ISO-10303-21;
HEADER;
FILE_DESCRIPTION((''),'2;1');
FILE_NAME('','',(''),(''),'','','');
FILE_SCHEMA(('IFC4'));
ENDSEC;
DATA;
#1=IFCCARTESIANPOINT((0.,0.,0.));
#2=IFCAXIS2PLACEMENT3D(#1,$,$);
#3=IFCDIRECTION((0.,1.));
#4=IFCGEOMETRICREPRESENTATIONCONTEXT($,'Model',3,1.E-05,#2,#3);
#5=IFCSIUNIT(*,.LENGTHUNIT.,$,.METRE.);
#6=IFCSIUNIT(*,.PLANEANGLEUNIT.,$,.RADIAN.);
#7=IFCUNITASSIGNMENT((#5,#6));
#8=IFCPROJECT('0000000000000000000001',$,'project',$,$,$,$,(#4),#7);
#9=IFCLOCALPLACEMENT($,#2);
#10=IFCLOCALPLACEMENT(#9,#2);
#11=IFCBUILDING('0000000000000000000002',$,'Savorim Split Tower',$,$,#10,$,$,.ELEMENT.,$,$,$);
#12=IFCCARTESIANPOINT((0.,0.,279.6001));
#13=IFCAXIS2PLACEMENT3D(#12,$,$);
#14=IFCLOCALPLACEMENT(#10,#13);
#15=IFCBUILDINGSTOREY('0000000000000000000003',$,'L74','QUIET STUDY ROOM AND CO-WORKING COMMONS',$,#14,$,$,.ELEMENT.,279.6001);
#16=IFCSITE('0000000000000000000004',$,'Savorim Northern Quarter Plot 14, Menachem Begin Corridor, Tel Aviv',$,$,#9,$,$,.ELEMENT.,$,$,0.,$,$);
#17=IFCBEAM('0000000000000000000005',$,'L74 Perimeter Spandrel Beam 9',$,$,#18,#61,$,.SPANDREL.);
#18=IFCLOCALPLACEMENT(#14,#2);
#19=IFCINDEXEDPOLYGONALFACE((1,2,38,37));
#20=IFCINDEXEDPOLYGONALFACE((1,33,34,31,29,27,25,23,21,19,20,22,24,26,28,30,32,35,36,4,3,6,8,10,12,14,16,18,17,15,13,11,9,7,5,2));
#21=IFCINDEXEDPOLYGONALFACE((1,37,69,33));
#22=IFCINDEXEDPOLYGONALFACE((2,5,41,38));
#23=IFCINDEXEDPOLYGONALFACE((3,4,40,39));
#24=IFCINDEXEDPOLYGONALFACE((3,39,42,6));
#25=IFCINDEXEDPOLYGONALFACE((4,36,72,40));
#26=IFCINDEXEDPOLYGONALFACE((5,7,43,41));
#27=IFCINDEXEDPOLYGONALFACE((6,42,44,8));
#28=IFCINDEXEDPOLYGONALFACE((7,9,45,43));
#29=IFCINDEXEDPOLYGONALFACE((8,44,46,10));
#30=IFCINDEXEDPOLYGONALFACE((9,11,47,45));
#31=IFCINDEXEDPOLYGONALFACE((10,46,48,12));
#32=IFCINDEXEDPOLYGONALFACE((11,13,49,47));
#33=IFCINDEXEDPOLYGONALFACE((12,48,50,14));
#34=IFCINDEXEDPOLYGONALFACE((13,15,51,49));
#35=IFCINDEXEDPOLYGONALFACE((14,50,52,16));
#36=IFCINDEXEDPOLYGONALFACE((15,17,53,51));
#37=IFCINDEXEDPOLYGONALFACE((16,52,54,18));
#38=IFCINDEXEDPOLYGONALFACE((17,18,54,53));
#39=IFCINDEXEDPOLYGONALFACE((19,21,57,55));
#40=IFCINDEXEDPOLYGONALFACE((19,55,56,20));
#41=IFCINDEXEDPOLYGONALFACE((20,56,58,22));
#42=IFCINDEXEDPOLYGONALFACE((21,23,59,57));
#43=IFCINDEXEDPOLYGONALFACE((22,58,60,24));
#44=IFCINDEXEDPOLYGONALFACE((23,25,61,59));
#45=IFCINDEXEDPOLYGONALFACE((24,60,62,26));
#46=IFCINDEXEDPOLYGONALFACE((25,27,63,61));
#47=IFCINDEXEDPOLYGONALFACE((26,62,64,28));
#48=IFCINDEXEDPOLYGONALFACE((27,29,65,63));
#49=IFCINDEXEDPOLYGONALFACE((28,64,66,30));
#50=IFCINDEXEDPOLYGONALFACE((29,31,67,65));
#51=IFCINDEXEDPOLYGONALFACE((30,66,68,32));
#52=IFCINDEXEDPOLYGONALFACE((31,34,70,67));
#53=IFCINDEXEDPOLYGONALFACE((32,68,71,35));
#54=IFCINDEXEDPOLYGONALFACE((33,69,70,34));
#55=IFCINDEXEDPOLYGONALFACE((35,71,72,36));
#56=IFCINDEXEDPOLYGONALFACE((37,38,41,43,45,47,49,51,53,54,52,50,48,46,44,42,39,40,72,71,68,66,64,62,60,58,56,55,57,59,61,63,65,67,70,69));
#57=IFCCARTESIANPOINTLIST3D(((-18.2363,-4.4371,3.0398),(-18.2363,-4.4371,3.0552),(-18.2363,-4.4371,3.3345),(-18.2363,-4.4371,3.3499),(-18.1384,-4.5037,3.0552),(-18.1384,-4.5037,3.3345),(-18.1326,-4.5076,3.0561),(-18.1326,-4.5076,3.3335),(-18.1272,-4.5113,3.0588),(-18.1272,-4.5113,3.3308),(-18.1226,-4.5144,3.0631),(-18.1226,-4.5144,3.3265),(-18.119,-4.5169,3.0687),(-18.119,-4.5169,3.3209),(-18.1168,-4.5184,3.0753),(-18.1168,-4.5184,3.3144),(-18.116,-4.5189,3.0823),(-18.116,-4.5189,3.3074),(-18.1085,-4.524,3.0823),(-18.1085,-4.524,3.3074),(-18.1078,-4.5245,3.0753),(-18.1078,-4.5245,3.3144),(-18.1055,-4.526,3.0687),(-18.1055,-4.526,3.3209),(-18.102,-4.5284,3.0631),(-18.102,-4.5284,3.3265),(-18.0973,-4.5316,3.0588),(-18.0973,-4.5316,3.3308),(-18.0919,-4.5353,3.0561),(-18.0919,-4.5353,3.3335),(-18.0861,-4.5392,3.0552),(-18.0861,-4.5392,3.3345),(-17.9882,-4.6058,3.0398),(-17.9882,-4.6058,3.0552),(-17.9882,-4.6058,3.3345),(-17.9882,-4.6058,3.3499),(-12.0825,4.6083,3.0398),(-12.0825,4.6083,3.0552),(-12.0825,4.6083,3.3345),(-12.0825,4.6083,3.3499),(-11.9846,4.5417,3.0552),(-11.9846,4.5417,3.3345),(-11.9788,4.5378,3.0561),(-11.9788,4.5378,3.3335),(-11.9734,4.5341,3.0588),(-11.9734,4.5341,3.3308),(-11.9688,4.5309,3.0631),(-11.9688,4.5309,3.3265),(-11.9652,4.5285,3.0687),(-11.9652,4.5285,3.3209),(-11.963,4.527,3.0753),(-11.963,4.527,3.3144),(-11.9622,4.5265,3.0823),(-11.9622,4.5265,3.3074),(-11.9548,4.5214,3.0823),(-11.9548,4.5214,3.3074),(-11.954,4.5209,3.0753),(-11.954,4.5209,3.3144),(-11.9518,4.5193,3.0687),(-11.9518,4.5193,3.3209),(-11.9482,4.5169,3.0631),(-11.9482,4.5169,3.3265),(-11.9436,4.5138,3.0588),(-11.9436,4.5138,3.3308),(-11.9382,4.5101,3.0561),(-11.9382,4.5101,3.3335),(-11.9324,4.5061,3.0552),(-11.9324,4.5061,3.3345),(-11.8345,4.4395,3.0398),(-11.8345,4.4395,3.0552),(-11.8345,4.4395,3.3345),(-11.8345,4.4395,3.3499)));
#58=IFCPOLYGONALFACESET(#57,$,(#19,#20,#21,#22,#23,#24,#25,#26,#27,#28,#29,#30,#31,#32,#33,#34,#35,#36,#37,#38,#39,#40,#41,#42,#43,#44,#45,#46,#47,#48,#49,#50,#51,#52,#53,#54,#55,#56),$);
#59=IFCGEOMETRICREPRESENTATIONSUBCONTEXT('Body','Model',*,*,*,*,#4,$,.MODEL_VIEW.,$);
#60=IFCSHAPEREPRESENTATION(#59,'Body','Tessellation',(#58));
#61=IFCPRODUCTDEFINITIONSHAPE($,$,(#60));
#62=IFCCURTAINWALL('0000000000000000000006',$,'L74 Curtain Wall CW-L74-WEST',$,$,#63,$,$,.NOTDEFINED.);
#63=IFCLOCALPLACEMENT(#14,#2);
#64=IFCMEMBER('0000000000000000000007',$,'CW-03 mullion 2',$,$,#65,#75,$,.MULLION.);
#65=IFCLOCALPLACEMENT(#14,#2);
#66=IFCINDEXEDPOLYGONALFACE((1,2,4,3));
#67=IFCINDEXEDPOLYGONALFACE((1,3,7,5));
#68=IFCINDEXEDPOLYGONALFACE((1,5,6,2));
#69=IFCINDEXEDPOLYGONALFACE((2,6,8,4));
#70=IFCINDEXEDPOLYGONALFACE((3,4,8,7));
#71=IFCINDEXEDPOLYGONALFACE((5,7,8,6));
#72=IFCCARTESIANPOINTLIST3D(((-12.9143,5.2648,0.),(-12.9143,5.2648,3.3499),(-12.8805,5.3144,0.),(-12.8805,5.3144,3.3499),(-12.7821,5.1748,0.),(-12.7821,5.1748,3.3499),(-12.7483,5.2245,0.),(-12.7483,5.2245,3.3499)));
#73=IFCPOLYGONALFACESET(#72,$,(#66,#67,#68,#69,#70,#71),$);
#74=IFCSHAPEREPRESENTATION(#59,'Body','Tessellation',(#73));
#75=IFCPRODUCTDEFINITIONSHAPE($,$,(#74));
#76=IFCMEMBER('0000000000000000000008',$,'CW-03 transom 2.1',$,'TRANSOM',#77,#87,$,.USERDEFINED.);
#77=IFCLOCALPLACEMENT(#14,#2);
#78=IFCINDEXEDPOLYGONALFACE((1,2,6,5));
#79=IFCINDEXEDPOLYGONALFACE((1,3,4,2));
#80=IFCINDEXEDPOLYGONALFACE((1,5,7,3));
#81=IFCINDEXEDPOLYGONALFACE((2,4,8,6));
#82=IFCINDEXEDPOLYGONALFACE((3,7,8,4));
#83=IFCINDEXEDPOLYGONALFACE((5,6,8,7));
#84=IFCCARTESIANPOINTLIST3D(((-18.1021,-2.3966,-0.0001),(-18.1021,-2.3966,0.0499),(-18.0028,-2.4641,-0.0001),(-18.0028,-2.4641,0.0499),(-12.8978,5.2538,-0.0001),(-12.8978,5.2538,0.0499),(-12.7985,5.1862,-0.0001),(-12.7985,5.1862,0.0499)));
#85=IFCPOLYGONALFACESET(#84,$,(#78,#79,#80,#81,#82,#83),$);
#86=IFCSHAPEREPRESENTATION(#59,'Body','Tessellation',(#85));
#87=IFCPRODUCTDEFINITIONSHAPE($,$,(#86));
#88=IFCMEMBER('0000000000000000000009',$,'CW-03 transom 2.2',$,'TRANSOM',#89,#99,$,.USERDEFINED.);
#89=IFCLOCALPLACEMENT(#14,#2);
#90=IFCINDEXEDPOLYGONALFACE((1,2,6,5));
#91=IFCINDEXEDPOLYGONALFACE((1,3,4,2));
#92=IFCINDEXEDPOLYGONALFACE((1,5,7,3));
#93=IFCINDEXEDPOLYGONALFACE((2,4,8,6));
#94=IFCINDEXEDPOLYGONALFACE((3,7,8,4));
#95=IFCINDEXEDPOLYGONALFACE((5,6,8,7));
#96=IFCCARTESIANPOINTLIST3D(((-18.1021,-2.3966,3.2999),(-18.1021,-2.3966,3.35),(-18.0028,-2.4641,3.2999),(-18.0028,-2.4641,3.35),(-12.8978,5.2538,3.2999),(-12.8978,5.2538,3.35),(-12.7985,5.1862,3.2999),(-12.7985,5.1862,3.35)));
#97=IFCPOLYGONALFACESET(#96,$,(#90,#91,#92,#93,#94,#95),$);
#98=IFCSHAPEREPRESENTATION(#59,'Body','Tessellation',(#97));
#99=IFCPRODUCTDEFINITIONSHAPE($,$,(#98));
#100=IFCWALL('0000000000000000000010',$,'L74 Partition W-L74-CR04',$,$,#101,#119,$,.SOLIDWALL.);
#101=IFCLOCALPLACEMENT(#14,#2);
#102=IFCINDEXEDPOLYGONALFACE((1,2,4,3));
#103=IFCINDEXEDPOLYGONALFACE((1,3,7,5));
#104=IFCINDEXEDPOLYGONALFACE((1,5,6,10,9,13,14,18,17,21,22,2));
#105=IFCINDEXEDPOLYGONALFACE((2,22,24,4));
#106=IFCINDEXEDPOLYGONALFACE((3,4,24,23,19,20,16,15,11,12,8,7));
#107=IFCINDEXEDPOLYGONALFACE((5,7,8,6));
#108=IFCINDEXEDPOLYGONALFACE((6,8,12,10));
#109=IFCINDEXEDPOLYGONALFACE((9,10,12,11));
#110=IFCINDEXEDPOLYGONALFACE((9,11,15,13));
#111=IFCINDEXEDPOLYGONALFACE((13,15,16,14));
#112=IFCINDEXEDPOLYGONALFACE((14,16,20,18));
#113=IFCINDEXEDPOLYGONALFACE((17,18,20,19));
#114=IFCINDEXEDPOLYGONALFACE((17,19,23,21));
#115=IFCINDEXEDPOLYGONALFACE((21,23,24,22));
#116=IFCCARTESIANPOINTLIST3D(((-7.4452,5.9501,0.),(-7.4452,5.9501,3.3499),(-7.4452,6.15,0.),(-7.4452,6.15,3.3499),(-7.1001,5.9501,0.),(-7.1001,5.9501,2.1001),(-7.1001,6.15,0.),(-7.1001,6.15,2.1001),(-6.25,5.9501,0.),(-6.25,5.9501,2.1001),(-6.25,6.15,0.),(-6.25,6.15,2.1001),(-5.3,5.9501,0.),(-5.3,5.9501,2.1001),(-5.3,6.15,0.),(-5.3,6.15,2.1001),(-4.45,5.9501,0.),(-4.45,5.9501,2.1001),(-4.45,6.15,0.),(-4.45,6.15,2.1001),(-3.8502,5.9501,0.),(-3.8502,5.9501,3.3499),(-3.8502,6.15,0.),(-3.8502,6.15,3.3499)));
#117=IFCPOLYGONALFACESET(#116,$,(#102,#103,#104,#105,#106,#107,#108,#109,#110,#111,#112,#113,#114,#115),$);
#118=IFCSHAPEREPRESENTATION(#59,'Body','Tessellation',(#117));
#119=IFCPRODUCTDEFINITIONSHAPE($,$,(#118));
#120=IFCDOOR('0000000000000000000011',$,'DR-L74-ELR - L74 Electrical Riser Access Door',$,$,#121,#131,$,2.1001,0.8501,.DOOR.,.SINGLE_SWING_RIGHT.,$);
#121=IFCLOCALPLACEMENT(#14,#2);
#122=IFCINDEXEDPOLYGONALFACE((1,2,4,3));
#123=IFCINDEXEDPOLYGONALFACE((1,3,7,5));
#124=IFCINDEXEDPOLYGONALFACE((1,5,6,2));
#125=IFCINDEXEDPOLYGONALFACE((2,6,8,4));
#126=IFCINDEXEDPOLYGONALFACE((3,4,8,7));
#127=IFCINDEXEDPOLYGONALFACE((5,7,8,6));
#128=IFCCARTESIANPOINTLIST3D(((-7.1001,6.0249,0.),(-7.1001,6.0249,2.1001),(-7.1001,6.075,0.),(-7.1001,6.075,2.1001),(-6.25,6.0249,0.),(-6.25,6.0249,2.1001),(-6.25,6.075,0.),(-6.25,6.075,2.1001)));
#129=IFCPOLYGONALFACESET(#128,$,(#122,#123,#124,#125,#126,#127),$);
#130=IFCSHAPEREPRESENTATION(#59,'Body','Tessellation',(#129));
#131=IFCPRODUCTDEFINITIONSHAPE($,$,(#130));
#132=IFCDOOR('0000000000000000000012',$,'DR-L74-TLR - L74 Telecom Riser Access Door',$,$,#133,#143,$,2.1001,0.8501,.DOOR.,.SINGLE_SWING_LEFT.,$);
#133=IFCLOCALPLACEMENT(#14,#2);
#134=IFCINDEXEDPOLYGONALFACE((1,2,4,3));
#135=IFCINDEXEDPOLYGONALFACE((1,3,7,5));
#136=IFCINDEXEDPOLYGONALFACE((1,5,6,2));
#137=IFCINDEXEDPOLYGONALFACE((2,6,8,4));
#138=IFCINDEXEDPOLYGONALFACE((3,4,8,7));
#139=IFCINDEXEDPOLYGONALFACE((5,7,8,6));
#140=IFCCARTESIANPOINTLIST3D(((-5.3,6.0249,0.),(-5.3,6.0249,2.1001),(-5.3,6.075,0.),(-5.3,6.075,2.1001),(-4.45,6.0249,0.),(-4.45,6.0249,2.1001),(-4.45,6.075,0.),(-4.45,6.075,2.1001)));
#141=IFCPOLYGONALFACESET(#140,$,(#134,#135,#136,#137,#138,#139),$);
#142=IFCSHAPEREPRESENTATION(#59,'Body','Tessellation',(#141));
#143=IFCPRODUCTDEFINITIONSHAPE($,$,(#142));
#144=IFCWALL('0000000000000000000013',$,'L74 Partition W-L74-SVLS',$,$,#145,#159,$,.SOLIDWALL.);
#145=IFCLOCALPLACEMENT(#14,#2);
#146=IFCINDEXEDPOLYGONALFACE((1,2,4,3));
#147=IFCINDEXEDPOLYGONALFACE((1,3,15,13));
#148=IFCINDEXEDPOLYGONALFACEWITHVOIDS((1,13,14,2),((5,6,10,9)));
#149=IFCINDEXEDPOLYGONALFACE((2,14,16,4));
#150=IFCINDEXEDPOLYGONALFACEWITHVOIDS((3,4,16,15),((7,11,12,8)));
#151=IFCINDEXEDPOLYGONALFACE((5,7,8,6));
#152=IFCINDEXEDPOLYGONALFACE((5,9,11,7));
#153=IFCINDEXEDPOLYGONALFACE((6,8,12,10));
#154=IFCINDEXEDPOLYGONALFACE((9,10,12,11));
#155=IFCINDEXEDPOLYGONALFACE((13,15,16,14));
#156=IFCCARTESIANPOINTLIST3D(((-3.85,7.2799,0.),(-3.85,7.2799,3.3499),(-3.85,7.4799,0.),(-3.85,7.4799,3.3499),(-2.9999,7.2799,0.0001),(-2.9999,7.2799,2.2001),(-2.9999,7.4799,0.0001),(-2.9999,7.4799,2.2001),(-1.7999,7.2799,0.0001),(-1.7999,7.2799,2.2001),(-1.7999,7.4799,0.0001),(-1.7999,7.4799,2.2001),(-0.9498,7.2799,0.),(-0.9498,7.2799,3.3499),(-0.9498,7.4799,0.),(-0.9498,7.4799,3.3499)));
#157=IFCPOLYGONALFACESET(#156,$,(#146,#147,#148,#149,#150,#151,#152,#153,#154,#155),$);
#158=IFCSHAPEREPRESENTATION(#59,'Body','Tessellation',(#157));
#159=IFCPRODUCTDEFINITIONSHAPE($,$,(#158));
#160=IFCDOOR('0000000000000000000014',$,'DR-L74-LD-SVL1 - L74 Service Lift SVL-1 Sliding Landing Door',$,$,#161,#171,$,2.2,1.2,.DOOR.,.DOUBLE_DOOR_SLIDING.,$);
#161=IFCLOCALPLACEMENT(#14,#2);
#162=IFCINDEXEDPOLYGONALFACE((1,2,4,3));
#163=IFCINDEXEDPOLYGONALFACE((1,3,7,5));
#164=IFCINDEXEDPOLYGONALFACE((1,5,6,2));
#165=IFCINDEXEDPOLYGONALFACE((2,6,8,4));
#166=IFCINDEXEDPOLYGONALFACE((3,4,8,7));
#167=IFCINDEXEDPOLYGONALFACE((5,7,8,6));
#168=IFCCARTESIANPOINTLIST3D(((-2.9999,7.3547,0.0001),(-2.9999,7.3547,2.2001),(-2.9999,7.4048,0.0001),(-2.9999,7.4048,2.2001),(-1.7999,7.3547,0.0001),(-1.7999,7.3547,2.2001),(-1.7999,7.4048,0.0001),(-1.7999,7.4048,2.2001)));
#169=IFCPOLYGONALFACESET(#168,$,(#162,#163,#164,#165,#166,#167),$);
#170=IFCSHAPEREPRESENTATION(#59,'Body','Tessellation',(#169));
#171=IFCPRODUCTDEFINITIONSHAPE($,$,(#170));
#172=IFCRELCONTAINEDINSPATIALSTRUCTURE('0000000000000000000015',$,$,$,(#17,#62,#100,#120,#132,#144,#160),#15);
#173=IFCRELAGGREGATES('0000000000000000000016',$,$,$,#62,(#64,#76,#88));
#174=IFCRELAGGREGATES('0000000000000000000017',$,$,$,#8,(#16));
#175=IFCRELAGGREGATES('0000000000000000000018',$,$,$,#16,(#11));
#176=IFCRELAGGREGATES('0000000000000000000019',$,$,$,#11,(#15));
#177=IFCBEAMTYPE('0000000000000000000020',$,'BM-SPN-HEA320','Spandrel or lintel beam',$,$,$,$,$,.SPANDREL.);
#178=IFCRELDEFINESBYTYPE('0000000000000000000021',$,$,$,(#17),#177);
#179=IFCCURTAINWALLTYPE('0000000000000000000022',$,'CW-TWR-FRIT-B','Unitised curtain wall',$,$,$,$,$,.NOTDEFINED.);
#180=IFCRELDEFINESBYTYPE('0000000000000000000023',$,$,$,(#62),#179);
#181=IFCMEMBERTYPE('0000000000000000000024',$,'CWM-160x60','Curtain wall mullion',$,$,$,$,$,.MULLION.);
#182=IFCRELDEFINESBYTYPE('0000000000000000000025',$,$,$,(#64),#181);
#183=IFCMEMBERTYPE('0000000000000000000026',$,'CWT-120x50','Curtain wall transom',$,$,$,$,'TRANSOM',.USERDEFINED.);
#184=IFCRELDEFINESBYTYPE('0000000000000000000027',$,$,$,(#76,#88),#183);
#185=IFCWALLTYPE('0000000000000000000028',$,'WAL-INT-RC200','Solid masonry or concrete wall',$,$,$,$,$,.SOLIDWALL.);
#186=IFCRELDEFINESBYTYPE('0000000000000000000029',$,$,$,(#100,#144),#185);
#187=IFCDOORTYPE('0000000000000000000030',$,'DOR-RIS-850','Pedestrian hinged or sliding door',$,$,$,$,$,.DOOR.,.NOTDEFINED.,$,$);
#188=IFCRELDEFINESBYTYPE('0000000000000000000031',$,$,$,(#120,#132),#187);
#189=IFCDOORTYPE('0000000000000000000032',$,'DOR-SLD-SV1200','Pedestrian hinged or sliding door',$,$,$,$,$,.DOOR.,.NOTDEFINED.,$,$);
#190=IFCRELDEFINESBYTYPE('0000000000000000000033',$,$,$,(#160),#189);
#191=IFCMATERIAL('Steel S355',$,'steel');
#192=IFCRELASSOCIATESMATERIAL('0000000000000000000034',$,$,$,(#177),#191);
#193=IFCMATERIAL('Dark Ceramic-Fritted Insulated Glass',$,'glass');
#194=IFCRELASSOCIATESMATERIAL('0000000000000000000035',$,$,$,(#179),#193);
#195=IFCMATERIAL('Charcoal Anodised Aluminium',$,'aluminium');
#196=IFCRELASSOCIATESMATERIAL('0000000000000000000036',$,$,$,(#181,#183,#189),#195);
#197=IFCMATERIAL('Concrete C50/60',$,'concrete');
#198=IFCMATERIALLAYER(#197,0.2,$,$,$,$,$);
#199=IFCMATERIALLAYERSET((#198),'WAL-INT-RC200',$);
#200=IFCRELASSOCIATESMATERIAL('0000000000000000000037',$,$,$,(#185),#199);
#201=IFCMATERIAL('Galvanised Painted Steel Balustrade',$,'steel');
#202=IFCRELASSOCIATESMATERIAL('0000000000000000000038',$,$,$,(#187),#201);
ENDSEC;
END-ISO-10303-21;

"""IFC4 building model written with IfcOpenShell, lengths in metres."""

from ifc_helpers import new_model, si_unit, direction, frame, frame_2d, origin, origin_2d, place, context, subcontext, project, spatial, rectangle, i_section, extrude, material, layer, layer_set, material_profile, profile_set, type_object, element, fill, aggregate, save


model = new_model("IFC4")

# Units and contexts
model_context = context("Model", 3, precision=1e-05, world=origin(), true_north=direction((0.0, 1.0)))
body_context = subcontext(model_context, "Body", "Model", "MODEL_VIEW")
ifc_project = project(units=[si_unit("LENGTHUNIT", "METRE"), si_unit("PLANEANGLEUNIT", "RADIAN")], contexts=[model_context])

# Site, building, storey
site_placement = place(None, origin())
site = spatial("IfcSite", under=ifc_project, at=site_placement, Name="Savorim Northern Quarter Plot 14, Menachem Begin Corridor, Tel Aviv", CompositionType="ELEMENT", RefElevation=0.0)
building_placement = place(site_placement, origin())
building = spatial("IfcBuilding", under=site, at=building_placement, Name="Savorim Split Tower", CompositionType="ELEMENT")
storey_placement = place(building_placement, frame((0.0, 0.0, 279.6001)))
storey = spatial("IfcBuildingStorey", under=building, at=storey_placement, Name="L74", Description="QUIET STUDY ROOM AND CO-WORKING COMMONS", CompositionType="ELEMENT", Elevation=279.6001)

# Shared definitions
ifc_material_1 = material(Name="Steel S355", Category="steel")

# Beam
ifc_material_profile_1 = material_profile(ifc_material_1, i_section(OverallWidth=0.3, OverallDepth=0.3101, WebThickness=0.009, FlangeThickness=0.0154, FilletRadius=0.0271, at=origin_2d()), Name="HEA 320")
ifc_profile_set_1 = profile_set([ifc_material_profile_1], Name="Steel S355")
beam_type_1 = type_object("IfcBeamType", Name="BM-SPN-HEA320", Description="Spandrel or lintel beam", PredefinedType="SPANDREL", material=ifc_profile_set_1)
beam_1_placement = place(storey_placement, frame((-11.9585, 4.5239, 3.1948), z_axis=(-0.562493, -0.826802, 0.0), x_axis=(0.826802, -0.562493, 0.0)))
element("IfcBeam", 1, at=beam_1_placement, inside=storey, type_object=beam_type_1, Name="L74 Perimeter Spandrel Beam 9", PredefinedType="SPANDREL", context=body_context, shape_type="SweptSolid", body=[
    extrude(i_section(OverallWidth=0.3, OverallDepth=0.3101, WebThickness=0.009, FlangeThickness=0.0154, FilletRadius=0.0271, at=origin_2d()), origin(), (0.0, 0.0, 1.0), 10.9402),
])

# Curtain wall, members
ifc_material_2 = material(Name="Dark Ceramic-Fritted Insulated Glass", Category="glass")
curtain_wall_type = type_object("IfcCurtainWallType", Name="CW-TWR-FRIT-B", Description="Unitised curtain wall", PredefinedType="NOTDEFINED", material=ifc_material_2)
curtain_wall_placement = place(storey_placement, origin())
curtain_wall = element("IfcCurtainWall", 2, at=curtain_wall_placement, inside=storey, type_object=curtain_wall_type, Name="L74 Curtain Wall CW-L74-WEST", PredefinedType="NOTDEFINED")
ifc_material_3 = material(Name="Charcoal Anodised Aluminium", Category="aluminium")
ifc_material_profile_2 = material_profile(ifc_material_3, rectangle(XDim=0.1599, YDim=0.0601, at=origin_2d()), Name="ALU-M 160x60")
ifc_profile_set_2 = profile_set([ifc_material_profile_2], Name="Charcoal Anodised Aluminium")
member_type_1 = type_object("IfcMemberType", Name="CWM-160x60", Description="Curtain wall mullion", PredefinedType="MULLION", material=ifc_profile_set_2)
member_1_placement = place(storey_placement, frame((-12.8313, 5.2446, 0.0), z_axis=(0.0, 0.0, 1.0), x_axis=(0.826818, -0.56247, 0.0)))
member_1 = element("IfcMember", 3, at=member_1_placement, type_object=member_type_1, Name="CW-03 mullion 2", PredefinedType="MULLION", context=body_context, shape_type="SweptSolid", body=[
    extrude(rectangle(XDim=0.1599, YDim=0.0601, at=origin_2d()), origin(), (0.0, 0.0, 1.0), 3.3499),
])
ifc_material_profile_3 = material_profile(ifc_material_3, rectangle(XDim=0.1201, YDim=0.05, at=origin_2d()), Name="ALU-T 120x50")
ifc_profile_set_3 = profile_set([ifc_material_profile_3], Name="Charcoal Anodised Aluminium")
member_type_2 = type_object("IfcMemberType", Name="CWT-120x50", Description="Curtain wall transom", ElementType="TRANSOM", PredefinedType="USERDEFINED", material=ifc_profile_set_3)
member_2_placement = place(storey_placement, frame((-12.8481, 5.22, 0.0249), z_axis=(-0.562464, -0.826822, 0.0), x_axis=(0.826822, -0.562464, 0.0)))
member_2 = element("IfcMember", 4, at=member_2_placement, type_object=member_type_2, Name="CW-03 transom 2.1", ObjectType="TRANSOM", PredefinedType="USERDEFINED", context=body_context, shape_type="SweptSolid", body=[
    extrude(rectangle(XDim=0.1201, YDim=0.05, at=origin_2d()), origin(), (0.0, 0.0, 1.0), 9.2527),
])
member_3_placement = place(storey_placement, frame((-12.8481, 5.22, 3.325), z_axis=(-0.562464, -0.826822, 0.0), x_axis=(0.826822, -0.562464, 0.0)))
member_3 = element("IfcMember", 5, at=member_3_placement, type_object=member_type_2, Name="CW-03 transom 2.2", ObjectType="TRANSOM", PredefinedType="USERDEFINED", context=body_context, shape_type="SweptSolid", body=[
    extrude(rectangle(XDim=0.1201, YDim=0.05, at=origin_2d()), origin(), (0.0, 0.0, 1.0), 9.2527),
])
aggregate(curtain_wall, [member_1, member_2, member_3])

# Wall, openings, doors
ifc_material_4 = material(Name="Concrete C50/60", Category="concrete")
ifc_layer_1 = layer(ifc_material_4, 0.2)
ifc_layer_set_1 = layer_set([ifc_layer_1], Name="WAL-INT-RC200")
wall_type_1 = type_object("IfcWallType", Name="WAL-INT-RC200", Description="Solid masonry or concrete wall", PredefinedType="SOLIDWALL", material=ifc_layer_set_1)
wall_1_placement = place(storey_placement, frame((-7.4451, 6.05, 0.0), z_axis=(0.0, 0.0, 1.0), x_axis=(1.0, 0.0, 0.0)))
wall_1 = element("IfcWall", 6, at=wall_1_placement, inside=storey, type_object=wall_type_1, Name="L74 Partition W-L74-CR04", PredefinedType="SOLIDWALL", context=body_context, shape_type="SweptSolid", body=[
    extrude(rectangle(XDim=3.595, YDim=0.2, at=frame_2d((1.7974, 0.0))), origin(), (0.0, 0.0, 1.0), 3.3499),
])
opening_1_placement = place(wall_1_placement, frame((0.345, 0.0, 0.0)))
opening_1 = element("IfcOpeningElement", 7, at=opening_1_placement, cuts=wall_1, PredefinedType="OPENING", context=body_context, shape_type="SweptSolid", body=[
    extrude(rectangle(XDim=0.8501, YDim=2.1001, at=frame_2d((0.425, 1.05))), frame((0.0, 0.1099, 0.0), z_axis=(0.0, -1.0, 0.0), x_axis=(1.0, 0.0, 0.0)), (0.0, 0.0, 1.0), 0.22),
])
opening_2_placement = place(wall_1_placement, frame((2.145, 0.0, 0.0)))
opening_2 = element("IfcOpeningElement", 8, at=opening_2_placement, cuts=wall_1, PredefinedType="OPENING", context=body_context, shape_type="SweptSolid", body=[
    extrude(rectangle(XDim=0.8501, YDim=2.1001, at=frame_2d((0.425, 1.05))), frame((0.0, 0.1099, 0.0), z_axis=(0.0, -1.0, 0.0), x_axis=(1.0, 0.0, 0.0)), (0.0, 0.0, 1.0), 0.22),
])
ifc_material_5 = material(Name="Galvanised Painted Steel Balustrade", Category="steel")
door_type_1 = type_object("IfcDoorType", Name="DOR-RIS-850", Description="Pedestrian hinged or sliding door", OperationType="NOTDEFINED", PredefinedType="DOOR", material=ifc_material_5)
door_1_placement = place(opening_1_placement, origin())
door_1 = element("IfcDoor", 9, at=door_1_placement, inside=storey, type_object=door_type_1, Name="DR-L74-ELR - L74 Electrical Riser Access Door", OperationType="SINGLE_SWING_RIGHT", OverallHeight=2.1001, OverallWidth=0.8501, PredefinedType="DOOR", context=body_context, shape_type="SweptSolid", body=[
    extrude(rectangle(XDim=0.8501, YDim=2.1001, at=frame_2d((0.425, 1.05))), frame((0.0, 0.0249, 0.0), z_axis=(0.0, -1.0, 0.0), x_axis=(1.0, 0.0, 0.0)), (0.0, 0.0, 1.0), 0.05),
])
fill(opening_1, door_1)
door_2_placement = place(opening_2_placement, origin())
door_2 = element("IfcDoor", 10, at=door_2_placement, inside=storey, type_object=door_type_1, Name="DR-L74-TLR - L74 Telecom Riser Access Door", OperationType="SINGLE_SWING_LEFT", OverallHeight=2.1001, OverallWidth=0.8501, PredefinedType="DOOR", context=body_context, shape_type="SweptSolid", body=[
    extrude(rectangle(XDim=0.8501, YDim=2.1001, at=frame_2d((0.425, 1.05))), frame((0.0, 0.0249, 0.0), z_axis=(0.0, -1.0, 0.0), x_axis=(1.0, 0.0, 0.0)), (0.0, 0.0, 1.0), 0.05),
])
fill(opening_2, door_2)

# Wall, opening, door
wall_2_placement = place(storey_placement, frame((-3.8501, 7.3799, 0.0), z_axis=(0.0, 0.0, 1.0), x_axis=(1.0, 0.0, 0.0)))
wall_2 = element("IfcWall", 11, at=wall_2_placement, inside=storey, type_object=wall_type_1, Name="L74 Partition W-L74-SVLS", PredefinedType="SOLIDWALL", context=body_context, shape_type="SweptSolid", body=[
    extrude(rectangle(XDim=2.9001, YDim=0.2, at=frame_2d((1.4502, 0.0))), origin(), (0.0, 0.0, 1.0), 3.3499),
])
opening_3_placement = place(wall_2_placement, frame((0.8501, 0.0, 0.0)))
opening_3 = element("IfcOpeningElement", 12, at=opening_3_placement, cuts=wall_2, PredefinedType="OPENING", context=body_context, shape_type="SweptSolid", body=[
    extrude(rectangle(XDim=1.2, YDim=2.2, at=frame_2d((0.6001, 1.1001))), frame((0.0, 0.1099, 0.0), z_axis=(0.0, -1.0, 0.0), x_axis=(1.0, 0.0, 0.0)), (0.0, 0.0, 1.0), 0.22),
])
door_type_2 = type_object("IfcDoorType", Name="DOR-SLD-SV1200", Description="Pedestrian hinged or sliding door", OperationType="NOTDEFINED", PredefinedType="DOOR", material=ifc_material_3)
door_3_placement = place(opening_3_placement, origin())
door_3 = element("IfcDoor", 13, at=door_3_placement, inside=storey, type_object=door_type_2, Name="DR-L74-LD-SVL1 - L74 Service Lift SVL-1 Sliding Landing Door", OperationType="DOUBLE_DOOR_SLIDING", OverallHeight=2.2, OverallWidth=1.2, PredefinedType="DOOR", context=body_context, shape_type="SweptSolid", body=[
    extrude(rectangle(XDim=1.2, YDim=2.2, at=frame_2d((0.6001, 1.1001))), frame((0.0, 0.0249, 0.0), z_axis=(0.0, -1.0, 0.0), x_axis=(1.0, 0.0, 0.0)), (0.0, 0.0, 1.0), 0.05),
])
fill(opening_3, door_3)

save(model, "model.ifc")
